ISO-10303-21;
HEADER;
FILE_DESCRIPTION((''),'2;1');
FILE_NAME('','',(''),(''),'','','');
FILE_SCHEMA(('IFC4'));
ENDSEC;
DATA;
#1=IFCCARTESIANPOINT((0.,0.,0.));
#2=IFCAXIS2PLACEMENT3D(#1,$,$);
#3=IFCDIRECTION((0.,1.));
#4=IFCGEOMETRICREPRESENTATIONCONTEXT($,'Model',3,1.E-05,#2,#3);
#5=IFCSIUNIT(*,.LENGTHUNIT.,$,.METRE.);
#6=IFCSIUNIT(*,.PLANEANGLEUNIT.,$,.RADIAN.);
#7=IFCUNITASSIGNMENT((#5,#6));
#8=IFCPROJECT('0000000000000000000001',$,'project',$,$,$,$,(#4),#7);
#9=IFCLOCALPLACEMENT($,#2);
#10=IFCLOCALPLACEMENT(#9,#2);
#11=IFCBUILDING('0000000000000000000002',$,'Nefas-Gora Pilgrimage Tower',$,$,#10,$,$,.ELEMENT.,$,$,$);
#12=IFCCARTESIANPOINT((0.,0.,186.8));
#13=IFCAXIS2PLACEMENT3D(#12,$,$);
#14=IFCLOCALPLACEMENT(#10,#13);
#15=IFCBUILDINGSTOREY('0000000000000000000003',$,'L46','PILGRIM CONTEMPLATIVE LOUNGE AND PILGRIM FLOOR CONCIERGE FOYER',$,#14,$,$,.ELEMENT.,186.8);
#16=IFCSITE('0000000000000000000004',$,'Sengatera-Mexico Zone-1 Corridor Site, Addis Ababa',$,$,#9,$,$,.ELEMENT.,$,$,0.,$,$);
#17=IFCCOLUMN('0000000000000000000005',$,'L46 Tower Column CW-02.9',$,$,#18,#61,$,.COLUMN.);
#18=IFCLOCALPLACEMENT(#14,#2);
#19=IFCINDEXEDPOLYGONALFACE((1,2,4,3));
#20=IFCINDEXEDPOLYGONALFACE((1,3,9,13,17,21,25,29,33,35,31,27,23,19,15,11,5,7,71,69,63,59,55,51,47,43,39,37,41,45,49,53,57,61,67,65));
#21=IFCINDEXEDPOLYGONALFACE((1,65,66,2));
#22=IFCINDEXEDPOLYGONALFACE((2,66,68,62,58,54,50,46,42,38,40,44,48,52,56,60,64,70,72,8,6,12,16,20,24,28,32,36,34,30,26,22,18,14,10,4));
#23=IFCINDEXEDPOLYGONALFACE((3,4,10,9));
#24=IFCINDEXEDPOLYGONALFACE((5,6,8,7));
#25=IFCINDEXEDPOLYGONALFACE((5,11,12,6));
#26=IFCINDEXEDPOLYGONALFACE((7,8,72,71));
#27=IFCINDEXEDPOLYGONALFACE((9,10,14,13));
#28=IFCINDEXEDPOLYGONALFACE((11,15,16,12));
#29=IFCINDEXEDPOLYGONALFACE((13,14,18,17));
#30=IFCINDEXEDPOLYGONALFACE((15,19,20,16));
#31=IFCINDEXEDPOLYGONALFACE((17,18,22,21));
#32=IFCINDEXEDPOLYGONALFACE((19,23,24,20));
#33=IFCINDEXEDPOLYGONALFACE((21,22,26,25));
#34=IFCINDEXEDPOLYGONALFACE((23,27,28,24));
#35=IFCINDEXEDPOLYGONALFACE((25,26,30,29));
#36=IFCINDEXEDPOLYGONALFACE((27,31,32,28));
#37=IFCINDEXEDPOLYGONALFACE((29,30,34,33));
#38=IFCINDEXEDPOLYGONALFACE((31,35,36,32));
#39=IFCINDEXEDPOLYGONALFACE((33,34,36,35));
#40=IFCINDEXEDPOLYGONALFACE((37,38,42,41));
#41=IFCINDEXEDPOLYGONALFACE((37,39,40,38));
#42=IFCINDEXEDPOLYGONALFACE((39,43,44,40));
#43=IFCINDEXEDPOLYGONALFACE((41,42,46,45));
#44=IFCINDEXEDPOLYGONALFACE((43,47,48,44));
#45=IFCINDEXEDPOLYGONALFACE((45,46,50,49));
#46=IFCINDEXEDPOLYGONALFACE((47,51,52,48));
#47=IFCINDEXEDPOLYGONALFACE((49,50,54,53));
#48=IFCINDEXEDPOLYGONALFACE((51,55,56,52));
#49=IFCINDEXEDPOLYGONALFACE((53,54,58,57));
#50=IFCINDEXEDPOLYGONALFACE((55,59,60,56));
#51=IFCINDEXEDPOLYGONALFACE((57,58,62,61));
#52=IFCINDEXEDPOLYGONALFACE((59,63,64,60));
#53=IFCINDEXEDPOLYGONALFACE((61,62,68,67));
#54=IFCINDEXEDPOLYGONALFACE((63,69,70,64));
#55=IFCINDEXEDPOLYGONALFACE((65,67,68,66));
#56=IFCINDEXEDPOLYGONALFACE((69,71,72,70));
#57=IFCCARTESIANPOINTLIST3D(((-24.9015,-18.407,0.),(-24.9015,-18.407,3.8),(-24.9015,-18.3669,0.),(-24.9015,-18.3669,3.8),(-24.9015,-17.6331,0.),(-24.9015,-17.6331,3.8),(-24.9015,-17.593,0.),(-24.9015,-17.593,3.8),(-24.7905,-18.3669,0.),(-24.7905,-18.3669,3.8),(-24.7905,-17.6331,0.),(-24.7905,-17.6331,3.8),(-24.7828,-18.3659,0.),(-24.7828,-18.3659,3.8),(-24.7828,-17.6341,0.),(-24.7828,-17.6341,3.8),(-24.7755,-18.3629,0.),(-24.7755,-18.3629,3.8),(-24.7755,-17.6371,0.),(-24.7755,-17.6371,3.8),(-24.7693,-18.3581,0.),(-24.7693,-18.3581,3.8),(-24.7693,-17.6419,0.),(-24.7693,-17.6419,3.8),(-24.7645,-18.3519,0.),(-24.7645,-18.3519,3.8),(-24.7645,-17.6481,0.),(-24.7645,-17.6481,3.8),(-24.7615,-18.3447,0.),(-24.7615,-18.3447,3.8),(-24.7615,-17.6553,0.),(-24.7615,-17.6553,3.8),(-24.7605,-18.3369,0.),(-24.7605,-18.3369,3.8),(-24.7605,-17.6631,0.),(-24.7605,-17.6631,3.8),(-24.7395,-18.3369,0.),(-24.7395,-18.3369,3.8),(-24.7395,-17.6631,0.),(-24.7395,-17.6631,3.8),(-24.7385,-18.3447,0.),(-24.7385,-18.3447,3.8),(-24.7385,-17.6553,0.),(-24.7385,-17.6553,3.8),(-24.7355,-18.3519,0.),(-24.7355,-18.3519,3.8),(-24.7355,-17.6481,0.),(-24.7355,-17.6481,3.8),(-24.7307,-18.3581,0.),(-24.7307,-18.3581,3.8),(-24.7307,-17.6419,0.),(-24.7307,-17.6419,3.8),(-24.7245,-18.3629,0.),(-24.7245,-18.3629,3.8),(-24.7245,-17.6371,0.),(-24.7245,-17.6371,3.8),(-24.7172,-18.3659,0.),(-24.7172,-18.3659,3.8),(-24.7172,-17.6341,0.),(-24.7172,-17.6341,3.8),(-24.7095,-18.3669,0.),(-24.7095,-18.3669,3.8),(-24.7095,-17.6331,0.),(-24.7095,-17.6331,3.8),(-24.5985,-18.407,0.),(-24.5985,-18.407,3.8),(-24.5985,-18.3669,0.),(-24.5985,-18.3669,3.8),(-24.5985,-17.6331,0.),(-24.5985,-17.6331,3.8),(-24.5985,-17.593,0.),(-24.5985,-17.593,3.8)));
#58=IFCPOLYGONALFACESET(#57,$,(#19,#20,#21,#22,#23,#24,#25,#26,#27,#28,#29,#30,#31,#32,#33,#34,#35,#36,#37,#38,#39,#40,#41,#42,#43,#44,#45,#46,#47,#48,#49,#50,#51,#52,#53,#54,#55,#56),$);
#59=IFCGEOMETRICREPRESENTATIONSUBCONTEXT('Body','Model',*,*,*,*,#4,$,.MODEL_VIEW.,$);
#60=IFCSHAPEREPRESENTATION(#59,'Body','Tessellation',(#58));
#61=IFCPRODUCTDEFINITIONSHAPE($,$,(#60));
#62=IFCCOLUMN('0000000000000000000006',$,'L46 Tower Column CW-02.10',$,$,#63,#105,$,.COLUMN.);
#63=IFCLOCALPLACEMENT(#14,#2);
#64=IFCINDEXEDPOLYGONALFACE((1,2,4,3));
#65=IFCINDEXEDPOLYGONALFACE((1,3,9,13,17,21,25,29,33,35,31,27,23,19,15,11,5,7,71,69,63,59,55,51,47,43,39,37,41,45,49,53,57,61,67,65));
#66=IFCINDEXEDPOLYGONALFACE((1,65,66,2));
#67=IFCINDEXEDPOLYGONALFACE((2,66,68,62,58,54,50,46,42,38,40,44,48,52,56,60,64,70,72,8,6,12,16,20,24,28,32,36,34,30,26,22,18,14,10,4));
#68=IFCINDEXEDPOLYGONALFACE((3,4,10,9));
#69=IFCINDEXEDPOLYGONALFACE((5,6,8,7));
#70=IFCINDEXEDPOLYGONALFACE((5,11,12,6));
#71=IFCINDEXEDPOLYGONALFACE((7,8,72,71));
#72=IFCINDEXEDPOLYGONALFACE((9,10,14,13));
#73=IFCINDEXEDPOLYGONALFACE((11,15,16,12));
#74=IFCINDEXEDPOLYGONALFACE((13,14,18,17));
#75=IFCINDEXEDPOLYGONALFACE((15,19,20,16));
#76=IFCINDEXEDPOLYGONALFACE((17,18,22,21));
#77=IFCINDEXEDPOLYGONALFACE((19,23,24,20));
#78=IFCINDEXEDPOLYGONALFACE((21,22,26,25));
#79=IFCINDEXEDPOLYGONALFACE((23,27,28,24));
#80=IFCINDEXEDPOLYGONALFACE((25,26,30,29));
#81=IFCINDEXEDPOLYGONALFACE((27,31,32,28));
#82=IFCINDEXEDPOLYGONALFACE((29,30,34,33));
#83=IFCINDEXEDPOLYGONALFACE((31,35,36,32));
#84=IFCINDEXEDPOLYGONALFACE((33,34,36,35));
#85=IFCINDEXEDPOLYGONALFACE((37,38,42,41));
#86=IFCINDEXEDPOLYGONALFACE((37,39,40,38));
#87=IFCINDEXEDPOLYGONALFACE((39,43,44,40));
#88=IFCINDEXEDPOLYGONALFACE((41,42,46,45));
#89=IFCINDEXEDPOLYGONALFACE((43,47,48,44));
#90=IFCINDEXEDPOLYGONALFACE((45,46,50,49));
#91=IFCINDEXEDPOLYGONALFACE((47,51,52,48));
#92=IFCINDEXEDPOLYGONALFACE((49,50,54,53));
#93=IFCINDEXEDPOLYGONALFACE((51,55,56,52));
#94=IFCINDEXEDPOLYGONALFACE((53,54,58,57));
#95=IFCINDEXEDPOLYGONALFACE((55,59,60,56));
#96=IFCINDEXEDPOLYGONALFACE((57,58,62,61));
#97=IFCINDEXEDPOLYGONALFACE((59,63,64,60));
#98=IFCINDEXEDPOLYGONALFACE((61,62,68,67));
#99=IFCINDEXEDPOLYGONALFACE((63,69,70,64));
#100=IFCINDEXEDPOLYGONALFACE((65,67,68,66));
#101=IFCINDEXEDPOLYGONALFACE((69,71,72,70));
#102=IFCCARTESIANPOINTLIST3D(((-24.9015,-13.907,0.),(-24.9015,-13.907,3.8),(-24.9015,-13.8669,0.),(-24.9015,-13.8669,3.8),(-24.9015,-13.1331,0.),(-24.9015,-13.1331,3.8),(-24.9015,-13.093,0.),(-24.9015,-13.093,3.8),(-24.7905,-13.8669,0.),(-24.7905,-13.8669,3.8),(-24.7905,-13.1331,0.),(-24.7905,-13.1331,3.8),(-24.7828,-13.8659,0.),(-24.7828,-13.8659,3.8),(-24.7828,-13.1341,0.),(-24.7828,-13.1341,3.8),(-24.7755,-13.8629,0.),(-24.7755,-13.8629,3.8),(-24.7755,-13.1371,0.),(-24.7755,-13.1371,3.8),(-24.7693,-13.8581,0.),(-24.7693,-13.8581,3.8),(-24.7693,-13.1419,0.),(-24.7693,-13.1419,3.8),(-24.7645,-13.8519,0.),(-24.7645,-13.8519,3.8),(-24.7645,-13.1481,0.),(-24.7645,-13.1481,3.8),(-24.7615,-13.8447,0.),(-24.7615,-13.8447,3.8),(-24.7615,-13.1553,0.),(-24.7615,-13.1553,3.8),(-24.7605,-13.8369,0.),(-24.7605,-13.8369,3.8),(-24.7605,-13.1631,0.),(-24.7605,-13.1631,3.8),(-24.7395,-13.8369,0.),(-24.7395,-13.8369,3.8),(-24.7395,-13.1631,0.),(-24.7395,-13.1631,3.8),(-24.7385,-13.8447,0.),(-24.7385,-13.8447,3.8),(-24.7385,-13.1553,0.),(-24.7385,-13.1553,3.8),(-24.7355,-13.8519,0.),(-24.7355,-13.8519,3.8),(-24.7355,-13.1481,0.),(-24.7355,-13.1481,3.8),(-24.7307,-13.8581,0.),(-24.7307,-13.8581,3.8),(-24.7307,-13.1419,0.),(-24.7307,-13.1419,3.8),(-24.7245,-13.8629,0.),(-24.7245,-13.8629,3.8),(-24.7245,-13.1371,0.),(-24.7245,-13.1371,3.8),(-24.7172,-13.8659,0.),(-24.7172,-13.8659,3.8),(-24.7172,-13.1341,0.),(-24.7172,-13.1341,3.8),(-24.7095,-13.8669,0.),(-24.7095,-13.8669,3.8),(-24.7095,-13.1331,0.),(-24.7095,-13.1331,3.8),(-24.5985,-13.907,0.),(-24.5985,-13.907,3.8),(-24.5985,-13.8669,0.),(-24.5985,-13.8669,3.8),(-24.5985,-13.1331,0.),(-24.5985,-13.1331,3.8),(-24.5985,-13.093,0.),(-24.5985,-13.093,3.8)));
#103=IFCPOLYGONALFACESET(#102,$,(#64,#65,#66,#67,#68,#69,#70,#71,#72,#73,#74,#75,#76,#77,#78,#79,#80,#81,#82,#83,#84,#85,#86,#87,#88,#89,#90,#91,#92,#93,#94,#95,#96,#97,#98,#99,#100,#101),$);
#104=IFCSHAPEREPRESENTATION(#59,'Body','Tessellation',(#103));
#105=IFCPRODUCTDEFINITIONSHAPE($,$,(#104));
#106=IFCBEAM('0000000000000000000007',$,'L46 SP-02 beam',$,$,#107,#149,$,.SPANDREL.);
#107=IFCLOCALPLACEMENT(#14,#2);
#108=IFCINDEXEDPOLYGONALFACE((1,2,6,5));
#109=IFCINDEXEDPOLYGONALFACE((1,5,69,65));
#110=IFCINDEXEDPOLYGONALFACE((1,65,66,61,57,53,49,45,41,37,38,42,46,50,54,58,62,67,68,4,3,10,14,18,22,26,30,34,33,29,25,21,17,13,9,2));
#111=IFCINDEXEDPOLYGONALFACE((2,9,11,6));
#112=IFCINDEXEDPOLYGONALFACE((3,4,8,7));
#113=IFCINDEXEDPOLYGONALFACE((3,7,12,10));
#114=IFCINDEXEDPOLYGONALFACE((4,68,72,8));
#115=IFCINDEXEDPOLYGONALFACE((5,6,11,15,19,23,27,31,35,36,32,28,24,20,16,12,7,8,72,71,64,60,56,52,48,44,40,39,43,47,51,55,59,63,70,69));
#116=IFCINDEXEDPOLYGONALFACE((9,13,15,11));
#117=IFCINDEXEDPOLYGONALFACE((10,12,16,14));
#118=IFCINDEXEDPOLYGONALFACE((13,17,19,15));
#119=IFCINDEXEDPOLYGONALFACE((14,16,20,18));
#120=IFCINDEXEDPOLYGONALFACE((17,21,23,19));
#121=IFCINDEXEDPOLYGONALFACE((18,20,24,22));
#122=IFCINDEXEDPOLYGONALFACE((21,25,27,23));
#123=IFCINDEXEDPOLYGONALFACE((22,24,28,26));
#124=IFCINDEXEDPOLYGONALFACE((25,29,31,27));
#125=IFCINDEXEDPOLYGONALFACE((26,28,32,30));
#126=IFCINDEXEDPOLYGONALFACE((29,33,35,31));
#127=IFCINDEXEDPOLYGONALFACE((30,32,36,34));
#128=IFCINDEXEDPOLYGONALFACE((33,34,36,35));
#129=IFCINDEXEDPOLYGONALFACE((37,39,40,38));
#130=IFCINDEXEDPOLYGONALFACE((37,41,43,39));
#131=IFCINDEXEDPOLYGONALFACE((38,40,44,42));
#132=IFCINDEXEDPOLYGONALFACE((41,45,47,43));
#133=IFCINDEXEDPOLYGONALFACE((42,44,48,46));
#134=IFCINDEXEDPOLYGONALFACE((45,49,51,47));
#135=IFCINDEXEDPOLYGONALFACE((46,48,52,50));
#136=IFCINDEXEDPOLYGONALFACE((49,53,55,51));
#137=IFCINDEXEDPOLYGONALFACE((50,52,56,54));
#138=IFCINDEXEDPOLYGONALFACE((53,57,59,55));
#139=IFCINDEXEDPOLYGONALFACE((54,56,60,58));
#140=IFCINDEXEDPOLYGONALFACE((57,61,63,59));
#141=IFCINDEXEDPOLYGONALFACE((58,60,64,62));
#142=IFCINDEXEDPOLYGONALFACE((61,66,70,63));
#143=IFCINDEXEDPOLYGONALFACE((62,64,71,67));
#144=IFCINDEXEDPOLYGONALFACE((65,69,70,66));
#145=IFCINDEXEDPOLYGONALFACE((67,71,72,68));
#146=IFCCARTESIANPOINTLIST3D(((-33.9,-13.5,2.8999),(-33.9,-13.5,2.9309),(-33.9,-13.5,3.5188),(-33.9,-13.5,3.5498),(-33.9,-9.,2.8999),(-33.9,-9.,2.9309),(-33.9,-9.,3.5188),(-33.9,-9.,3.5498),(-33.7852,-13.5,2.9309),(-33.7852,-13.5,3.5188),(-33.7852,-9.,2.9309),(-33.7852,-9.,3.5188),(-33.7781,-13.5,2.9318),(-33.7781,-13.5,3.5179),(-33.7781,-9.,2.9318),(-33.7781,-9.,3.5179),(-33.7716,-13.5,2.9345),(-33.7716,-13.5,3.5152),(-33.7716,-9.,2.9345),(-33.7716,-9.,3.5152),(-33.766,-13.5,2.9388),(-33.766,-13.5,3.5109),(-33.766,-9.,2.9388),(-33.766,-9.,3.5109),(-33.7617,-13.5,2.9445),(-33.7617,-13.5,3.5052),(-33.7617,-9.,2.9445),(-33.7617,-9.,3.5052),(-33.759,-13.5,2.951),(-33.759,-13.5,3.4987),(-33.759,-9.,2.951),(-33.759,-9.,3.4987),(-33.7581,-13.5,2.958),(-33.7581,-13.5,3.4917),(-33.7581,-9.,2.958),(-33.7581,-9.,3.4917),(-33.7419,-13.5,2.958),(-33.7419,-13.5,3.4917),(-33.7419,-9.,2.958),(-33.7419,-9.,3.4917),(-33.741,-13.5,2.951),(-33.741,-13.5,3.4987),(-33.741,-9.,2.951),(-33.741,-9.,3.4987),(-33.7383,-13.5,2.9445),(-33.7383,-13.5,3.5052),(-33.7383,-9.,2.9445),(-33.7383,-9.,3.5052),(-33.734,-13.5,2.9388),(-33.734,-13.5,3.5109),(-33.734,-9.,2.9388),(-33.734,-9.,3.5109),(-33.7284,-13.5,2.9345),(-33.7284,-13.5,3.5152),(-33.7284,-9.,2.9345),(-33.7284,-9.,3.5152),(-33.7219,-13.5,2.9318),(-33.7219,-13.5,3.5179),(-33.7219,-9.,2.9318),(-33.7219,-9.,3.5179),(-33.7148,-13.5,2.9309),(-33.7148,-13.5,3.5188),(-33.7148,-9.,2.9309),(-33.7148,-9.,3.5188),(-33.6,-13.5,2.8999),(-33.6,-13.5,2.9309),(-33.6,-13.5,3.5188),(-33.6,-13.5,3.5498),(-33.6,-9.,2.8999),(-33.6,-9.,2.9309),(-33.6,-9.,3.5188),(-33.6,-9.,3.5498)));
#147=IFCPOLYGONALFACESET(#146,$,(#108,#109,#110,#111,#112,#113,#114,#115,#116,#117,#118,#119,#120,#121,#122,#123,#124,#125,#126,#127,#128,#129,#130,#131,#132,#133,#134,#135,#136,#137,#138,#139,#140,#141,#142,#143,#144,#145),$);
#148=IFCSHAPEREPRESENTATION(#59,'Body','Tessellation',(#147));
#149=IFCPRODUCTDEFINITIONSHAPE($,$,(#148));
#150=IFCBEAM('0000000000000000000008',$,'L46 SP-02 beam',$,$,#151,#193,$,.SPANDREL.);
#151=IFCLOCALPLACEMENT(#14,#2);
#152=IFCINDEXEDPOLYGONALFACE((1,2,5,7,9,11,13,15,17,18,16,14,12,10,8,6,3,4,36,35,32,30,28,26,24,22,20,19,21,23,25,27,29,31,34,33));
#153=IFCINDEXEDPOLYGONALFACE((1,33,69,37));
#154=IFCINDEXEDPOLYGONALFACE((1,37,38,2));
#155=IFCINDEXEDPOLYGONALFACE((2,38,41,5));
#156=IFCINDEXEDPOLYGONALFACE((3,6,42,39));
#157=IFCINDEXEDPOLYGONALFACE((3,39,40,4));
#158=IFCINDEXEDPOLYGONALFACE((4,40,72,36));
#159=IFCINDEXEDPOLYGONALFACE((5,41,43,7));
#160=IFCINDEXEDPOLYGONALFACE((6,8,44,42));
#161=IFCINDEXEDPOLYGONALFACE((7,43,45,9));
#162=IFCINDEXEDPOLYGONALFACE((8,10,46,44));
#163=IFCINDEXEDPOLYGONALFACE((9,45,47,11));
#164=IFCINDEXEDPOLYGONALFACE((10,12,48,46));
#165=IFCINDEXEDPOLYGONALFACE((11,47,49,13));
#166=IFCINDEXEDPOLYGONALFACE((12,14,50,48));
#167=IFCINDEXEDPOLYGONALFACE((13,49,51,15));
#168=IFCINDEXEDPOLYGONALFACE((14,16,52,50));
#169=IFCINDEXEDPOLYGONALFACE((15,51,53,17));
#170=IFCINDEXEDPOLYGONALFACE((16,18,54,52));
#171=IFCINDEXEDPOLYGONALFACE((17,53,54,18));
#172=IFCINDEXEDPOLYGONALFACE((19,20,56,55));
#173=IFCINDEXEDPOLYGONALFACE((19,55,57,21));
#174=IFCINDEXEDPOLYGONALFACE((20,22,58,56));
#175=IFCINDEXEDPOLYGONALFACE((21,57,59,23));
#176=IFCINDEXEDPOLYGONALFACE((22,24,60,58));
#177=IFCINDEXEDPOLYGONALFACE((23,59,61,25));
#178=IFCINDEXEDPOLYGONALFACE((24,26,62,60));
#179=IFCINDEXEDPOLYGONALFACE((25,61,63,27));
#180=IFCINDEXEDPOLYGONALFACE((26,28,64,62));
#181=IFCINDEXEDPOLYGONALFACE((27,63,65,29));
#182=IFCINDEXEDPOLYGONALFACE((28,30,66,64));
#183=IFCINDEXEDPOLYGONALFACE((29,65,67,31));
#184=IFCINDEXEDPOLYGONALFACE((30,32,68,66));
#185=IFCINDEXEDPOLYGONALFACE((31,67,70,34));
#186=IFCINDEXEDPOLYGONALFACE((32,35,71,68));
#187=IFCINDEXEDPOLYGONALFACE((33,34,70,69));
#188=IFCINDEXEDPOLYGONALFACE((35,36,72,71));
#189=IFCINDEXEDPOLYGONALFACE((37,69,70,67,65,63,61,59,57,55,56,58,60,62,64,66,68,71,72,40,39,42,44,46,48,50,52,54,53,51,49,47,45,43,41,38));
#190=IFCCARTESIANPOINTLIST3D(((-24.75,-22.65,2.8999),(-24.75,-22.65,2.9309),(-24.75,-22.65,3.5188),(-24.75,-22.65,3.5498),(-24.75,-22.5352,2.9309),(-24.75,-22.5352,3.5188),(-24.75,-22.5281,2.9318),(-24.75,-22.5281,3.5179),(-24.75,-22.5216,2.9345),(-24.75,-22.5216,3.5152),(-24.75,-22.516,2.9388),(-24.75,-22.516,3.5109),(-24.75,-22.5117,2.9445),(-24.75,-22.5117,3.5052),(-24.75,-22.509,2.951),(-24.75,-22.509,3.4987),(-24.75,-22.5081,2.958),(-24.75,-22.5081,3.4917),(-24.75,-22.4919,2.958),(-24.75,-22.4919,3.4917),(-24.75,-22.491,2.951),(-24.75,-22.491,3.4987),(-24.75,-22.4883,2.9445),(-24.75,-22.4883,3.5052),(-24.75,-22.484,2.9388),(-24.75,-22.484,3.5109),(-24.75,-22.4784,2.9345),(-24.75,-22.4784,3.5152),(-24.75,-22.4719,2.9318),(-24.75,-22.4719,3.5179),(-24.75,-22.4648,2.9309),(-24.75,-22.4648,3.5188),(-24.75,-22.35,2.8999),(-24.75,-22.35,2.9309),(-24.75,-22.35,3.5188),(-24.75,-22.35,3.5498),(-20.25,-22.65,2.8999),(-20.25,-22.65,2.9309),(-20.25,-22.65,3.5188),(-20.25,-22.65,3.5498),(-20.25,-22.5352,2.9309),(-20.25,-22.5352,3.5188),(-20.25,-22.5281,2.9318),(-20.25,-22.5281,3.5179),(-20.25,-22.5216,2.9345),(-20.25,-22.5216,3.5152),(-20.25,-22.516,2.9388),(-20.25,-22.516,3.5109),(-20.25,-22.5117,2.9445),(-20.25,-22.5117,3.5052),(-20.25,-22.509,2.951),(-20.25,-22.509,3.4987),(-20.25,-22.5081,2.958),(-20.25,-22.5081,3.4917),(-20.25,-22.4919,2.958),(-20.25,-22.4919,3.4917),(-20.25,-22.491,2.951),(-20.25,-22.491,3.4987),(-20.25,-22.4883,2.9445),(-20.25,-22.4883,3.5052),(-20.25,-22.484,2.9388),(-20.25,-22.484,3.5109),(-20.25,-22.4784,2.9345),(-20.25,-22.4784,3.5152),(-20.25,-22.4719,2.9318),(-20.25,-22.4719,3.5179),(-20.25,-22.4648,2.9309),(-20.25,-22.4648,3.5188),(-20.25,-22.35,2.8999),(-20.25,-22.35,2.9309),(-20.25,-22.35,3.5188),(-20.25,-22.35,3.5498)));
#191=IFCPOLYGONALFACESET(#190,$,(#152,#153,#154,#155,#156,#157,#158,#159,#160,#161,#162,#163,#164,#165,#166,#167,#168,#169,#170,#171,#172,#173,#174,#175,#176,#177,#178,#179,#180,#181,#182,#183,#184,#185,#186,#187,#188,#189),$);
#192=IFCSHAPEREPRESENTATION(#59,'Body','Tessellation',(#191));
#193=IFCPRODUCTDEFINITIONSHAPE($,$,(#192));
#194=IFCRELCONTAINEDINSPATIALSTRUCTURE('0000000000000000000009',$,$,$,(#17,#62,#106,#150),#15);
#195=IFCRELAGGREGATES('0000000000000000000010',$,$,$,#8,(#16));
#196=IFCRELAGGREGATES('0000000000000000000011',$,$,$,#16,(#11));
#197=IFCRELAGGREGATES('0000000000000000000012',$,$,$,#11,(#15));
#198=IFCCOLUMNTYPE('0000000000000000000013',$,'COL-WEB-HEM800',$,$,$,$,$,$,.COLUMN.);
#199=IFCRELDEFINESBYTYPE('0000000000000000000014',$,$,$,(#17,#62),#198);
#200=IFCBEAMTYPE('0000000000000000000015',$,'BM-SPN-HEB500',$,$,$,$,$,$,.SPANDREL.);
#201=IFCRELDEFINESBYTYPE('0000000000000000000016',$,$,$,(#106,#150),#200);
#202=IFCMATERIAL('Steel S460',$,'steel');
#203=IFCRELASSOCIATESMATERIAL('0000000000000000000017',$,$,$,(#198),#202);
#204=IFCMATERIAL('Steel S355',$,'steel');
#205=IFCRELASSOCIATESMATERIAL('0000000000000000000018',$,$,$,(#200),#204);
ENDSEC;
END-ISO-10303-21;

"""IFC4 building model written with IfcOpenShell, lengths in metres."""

from ifc_helpers import new_model, si_unit, direction, frame, origin, origin_2d, place, context, subcontext, project, spatial, i_section, extrude, source, transform, mapped, material, material_profile, profile_set, type_object, element, save


model = new_model("IFC4")

# Units and contexts
model_context = context("Model", 3, precision=1e-05, world=origin(), true_north=direction((0.0, 1.0)))
body_context = subcontext(model_context, "Body", "Model", "MODEL_VIEW")
ifc_project = project(units=[si_unit("LENGTHUNIT", "METRE"), si_unit("PLANEANGLEUNIT", "RADIAN")], contexts=[model_context])

# Site, building, storey
site_placement = place(None, origin())
site = spatial("IfcSite", under=ifc_project, at=site_placement, Name="Sengatera-Mexico Zone-1 Corridor Site, Addis Ababa", CompositionType="ELEMENT", RefElevation=0.0)
building_placement = place(site_placement, origin())
building = spatial("IfcBuilding", under=site, at=building_placement, Name="Nefas-Gora Pilgrimage Tower", CompositionType="ELEMENT")
storey_placement = place(building_placement, frame((0.0, 0.0, 186.8)))
storey = spatial("IfcBuildingStorey", under=building, at=storey_placement, Name="L46", Description="PILGRIM CONTEMPLATIVE LOUNGE AND PILGRIM FLOOR CONCIERGE FOYER", CompositionType="ELEMENT", Elevation=186.8)

# Columns
ifc_material_1 = material(Name="Steel S460", Category="steel")
ifc_material_profile_1 = material_profile(ifc_material_1, i_section(OverallWidth=0.303, OverallDepth=0.814, WebThickness=0.021, FlangeThickness=0.04, FilletRadius=0.03, at=origin_2d()), Name="HEM 800")
ifc_profile_set_1 = profile_set([ifc_material_profile_1], Name="Steel S460")
column_type_1 = type_object("IfcColumnType", Name="COL-WEB-HEM800", PredefinedType="COLUMN", material=ifc_profile_set_1)
shared_shape_1 = source(origin(), body_context, "Body", "SweptSolid", [
    extrude(i_section(OverallWidth=0.303, OverallDepth=0.814, WebThickness=0.021, FlangeThickness=0.04, FilletRadius=0.03, at=origin_2d()), origin(), (0.0, 0.0, 1.0), 3.8),
])
for number, where, z_axis, x_axis, name in (
    (1, (-24.75, -18.0, 0.0), (0.0, 0.0, 1.0), (1.0, 0.0, 0.0), "L46 Tower Column CW-02.9"),
    (2, (-24.75, -13.5, 0.0), (0.0, 0.0, 1.0), (1.0, 0.0, 0.0), "L46 Tower Column CW-02.10"),
):
    element("IfcColumn", number, at=place(storey_placement, frame(where, z_axis=z_axis, x_axis=x_axis)), inside=storey, type_object=column_type_1, Name=name, PredefinedType="COLUMN", context=body_context, shape_type="MappedRepresentation", body=[
        mapped(shared_shape_1, transform((0.0, 0.0, 0.0), x_axis=(1.0, 0.0, 0.0), y_axis=(0.0, 1.0, 0.0), z_axis=(0.0, 0.0, 1.0), scale=1.0)),
    ])

# Beams
ifc_material_2 = material(Name="Steel S355", Category="steel")
ifc_material_profile_2 = material_profile(ifc_material_2, i_section(OverallWidth=0.3, OverallDepth=0.6499, WebThickness=0.0161, FlangeThickness=0.031, FilletRadius=0.0271, at=origin_2d()), Name="HEB 650")
ifc_profile_set_2 = profile_set([ifc_material_profile_2], Name="Steel S355")
beam_type_1 = type_object("IfcBeamType", Name="BM-SPN-HEB500", PredefinedType="SPANDREL", material=ifc_profile_set_2)
shared_shape_2 = source(origin(), body_context, "Body", "SweptSolid", [
    extrude(i_section(OverallWidth=0.3, OverallDepth=0.6499, WebThickness=0.0161, FlangeThickness=0.031, FilletRadius=0.0271, at=origin_2d()), origin(), (0.0, 0.0, 1.0), 4.5),
])
for number, where, z_axis, x_axis, name in (
    (3, (-33.75, -13.5, 3.2249), (0.0, 1.0, 0.0), (-1.0, 0.0, 0.0), "L46 SP-02 beam"),
    (4, (-24.75, -22.5, 3.2249), (1.0, 0.0, 0.0), (0.0, 1.0, 0.0), "L46 SP-02 beam"),
):
    element("IfcBeam", number, at=place(storey_placement, frame(where, z_axis=z_axis, x_axis=x_axis)), inside=storey, type_object=beam_type_1, Name=name, PredefinedType="SPANDREL", context=body_context, shape_type="MappedRepresentation", body=[
        mapped(shared_shape_2, transform((0.0, 0.0, 0.0), x_axis=(1.0, 0.0, 0.0), y_axis=(0.0, 1.0, 0.0), z_axis=(0.0, 0.0, 1.0), scale=1.0)),
    ])

save(model, "model.ifc")
